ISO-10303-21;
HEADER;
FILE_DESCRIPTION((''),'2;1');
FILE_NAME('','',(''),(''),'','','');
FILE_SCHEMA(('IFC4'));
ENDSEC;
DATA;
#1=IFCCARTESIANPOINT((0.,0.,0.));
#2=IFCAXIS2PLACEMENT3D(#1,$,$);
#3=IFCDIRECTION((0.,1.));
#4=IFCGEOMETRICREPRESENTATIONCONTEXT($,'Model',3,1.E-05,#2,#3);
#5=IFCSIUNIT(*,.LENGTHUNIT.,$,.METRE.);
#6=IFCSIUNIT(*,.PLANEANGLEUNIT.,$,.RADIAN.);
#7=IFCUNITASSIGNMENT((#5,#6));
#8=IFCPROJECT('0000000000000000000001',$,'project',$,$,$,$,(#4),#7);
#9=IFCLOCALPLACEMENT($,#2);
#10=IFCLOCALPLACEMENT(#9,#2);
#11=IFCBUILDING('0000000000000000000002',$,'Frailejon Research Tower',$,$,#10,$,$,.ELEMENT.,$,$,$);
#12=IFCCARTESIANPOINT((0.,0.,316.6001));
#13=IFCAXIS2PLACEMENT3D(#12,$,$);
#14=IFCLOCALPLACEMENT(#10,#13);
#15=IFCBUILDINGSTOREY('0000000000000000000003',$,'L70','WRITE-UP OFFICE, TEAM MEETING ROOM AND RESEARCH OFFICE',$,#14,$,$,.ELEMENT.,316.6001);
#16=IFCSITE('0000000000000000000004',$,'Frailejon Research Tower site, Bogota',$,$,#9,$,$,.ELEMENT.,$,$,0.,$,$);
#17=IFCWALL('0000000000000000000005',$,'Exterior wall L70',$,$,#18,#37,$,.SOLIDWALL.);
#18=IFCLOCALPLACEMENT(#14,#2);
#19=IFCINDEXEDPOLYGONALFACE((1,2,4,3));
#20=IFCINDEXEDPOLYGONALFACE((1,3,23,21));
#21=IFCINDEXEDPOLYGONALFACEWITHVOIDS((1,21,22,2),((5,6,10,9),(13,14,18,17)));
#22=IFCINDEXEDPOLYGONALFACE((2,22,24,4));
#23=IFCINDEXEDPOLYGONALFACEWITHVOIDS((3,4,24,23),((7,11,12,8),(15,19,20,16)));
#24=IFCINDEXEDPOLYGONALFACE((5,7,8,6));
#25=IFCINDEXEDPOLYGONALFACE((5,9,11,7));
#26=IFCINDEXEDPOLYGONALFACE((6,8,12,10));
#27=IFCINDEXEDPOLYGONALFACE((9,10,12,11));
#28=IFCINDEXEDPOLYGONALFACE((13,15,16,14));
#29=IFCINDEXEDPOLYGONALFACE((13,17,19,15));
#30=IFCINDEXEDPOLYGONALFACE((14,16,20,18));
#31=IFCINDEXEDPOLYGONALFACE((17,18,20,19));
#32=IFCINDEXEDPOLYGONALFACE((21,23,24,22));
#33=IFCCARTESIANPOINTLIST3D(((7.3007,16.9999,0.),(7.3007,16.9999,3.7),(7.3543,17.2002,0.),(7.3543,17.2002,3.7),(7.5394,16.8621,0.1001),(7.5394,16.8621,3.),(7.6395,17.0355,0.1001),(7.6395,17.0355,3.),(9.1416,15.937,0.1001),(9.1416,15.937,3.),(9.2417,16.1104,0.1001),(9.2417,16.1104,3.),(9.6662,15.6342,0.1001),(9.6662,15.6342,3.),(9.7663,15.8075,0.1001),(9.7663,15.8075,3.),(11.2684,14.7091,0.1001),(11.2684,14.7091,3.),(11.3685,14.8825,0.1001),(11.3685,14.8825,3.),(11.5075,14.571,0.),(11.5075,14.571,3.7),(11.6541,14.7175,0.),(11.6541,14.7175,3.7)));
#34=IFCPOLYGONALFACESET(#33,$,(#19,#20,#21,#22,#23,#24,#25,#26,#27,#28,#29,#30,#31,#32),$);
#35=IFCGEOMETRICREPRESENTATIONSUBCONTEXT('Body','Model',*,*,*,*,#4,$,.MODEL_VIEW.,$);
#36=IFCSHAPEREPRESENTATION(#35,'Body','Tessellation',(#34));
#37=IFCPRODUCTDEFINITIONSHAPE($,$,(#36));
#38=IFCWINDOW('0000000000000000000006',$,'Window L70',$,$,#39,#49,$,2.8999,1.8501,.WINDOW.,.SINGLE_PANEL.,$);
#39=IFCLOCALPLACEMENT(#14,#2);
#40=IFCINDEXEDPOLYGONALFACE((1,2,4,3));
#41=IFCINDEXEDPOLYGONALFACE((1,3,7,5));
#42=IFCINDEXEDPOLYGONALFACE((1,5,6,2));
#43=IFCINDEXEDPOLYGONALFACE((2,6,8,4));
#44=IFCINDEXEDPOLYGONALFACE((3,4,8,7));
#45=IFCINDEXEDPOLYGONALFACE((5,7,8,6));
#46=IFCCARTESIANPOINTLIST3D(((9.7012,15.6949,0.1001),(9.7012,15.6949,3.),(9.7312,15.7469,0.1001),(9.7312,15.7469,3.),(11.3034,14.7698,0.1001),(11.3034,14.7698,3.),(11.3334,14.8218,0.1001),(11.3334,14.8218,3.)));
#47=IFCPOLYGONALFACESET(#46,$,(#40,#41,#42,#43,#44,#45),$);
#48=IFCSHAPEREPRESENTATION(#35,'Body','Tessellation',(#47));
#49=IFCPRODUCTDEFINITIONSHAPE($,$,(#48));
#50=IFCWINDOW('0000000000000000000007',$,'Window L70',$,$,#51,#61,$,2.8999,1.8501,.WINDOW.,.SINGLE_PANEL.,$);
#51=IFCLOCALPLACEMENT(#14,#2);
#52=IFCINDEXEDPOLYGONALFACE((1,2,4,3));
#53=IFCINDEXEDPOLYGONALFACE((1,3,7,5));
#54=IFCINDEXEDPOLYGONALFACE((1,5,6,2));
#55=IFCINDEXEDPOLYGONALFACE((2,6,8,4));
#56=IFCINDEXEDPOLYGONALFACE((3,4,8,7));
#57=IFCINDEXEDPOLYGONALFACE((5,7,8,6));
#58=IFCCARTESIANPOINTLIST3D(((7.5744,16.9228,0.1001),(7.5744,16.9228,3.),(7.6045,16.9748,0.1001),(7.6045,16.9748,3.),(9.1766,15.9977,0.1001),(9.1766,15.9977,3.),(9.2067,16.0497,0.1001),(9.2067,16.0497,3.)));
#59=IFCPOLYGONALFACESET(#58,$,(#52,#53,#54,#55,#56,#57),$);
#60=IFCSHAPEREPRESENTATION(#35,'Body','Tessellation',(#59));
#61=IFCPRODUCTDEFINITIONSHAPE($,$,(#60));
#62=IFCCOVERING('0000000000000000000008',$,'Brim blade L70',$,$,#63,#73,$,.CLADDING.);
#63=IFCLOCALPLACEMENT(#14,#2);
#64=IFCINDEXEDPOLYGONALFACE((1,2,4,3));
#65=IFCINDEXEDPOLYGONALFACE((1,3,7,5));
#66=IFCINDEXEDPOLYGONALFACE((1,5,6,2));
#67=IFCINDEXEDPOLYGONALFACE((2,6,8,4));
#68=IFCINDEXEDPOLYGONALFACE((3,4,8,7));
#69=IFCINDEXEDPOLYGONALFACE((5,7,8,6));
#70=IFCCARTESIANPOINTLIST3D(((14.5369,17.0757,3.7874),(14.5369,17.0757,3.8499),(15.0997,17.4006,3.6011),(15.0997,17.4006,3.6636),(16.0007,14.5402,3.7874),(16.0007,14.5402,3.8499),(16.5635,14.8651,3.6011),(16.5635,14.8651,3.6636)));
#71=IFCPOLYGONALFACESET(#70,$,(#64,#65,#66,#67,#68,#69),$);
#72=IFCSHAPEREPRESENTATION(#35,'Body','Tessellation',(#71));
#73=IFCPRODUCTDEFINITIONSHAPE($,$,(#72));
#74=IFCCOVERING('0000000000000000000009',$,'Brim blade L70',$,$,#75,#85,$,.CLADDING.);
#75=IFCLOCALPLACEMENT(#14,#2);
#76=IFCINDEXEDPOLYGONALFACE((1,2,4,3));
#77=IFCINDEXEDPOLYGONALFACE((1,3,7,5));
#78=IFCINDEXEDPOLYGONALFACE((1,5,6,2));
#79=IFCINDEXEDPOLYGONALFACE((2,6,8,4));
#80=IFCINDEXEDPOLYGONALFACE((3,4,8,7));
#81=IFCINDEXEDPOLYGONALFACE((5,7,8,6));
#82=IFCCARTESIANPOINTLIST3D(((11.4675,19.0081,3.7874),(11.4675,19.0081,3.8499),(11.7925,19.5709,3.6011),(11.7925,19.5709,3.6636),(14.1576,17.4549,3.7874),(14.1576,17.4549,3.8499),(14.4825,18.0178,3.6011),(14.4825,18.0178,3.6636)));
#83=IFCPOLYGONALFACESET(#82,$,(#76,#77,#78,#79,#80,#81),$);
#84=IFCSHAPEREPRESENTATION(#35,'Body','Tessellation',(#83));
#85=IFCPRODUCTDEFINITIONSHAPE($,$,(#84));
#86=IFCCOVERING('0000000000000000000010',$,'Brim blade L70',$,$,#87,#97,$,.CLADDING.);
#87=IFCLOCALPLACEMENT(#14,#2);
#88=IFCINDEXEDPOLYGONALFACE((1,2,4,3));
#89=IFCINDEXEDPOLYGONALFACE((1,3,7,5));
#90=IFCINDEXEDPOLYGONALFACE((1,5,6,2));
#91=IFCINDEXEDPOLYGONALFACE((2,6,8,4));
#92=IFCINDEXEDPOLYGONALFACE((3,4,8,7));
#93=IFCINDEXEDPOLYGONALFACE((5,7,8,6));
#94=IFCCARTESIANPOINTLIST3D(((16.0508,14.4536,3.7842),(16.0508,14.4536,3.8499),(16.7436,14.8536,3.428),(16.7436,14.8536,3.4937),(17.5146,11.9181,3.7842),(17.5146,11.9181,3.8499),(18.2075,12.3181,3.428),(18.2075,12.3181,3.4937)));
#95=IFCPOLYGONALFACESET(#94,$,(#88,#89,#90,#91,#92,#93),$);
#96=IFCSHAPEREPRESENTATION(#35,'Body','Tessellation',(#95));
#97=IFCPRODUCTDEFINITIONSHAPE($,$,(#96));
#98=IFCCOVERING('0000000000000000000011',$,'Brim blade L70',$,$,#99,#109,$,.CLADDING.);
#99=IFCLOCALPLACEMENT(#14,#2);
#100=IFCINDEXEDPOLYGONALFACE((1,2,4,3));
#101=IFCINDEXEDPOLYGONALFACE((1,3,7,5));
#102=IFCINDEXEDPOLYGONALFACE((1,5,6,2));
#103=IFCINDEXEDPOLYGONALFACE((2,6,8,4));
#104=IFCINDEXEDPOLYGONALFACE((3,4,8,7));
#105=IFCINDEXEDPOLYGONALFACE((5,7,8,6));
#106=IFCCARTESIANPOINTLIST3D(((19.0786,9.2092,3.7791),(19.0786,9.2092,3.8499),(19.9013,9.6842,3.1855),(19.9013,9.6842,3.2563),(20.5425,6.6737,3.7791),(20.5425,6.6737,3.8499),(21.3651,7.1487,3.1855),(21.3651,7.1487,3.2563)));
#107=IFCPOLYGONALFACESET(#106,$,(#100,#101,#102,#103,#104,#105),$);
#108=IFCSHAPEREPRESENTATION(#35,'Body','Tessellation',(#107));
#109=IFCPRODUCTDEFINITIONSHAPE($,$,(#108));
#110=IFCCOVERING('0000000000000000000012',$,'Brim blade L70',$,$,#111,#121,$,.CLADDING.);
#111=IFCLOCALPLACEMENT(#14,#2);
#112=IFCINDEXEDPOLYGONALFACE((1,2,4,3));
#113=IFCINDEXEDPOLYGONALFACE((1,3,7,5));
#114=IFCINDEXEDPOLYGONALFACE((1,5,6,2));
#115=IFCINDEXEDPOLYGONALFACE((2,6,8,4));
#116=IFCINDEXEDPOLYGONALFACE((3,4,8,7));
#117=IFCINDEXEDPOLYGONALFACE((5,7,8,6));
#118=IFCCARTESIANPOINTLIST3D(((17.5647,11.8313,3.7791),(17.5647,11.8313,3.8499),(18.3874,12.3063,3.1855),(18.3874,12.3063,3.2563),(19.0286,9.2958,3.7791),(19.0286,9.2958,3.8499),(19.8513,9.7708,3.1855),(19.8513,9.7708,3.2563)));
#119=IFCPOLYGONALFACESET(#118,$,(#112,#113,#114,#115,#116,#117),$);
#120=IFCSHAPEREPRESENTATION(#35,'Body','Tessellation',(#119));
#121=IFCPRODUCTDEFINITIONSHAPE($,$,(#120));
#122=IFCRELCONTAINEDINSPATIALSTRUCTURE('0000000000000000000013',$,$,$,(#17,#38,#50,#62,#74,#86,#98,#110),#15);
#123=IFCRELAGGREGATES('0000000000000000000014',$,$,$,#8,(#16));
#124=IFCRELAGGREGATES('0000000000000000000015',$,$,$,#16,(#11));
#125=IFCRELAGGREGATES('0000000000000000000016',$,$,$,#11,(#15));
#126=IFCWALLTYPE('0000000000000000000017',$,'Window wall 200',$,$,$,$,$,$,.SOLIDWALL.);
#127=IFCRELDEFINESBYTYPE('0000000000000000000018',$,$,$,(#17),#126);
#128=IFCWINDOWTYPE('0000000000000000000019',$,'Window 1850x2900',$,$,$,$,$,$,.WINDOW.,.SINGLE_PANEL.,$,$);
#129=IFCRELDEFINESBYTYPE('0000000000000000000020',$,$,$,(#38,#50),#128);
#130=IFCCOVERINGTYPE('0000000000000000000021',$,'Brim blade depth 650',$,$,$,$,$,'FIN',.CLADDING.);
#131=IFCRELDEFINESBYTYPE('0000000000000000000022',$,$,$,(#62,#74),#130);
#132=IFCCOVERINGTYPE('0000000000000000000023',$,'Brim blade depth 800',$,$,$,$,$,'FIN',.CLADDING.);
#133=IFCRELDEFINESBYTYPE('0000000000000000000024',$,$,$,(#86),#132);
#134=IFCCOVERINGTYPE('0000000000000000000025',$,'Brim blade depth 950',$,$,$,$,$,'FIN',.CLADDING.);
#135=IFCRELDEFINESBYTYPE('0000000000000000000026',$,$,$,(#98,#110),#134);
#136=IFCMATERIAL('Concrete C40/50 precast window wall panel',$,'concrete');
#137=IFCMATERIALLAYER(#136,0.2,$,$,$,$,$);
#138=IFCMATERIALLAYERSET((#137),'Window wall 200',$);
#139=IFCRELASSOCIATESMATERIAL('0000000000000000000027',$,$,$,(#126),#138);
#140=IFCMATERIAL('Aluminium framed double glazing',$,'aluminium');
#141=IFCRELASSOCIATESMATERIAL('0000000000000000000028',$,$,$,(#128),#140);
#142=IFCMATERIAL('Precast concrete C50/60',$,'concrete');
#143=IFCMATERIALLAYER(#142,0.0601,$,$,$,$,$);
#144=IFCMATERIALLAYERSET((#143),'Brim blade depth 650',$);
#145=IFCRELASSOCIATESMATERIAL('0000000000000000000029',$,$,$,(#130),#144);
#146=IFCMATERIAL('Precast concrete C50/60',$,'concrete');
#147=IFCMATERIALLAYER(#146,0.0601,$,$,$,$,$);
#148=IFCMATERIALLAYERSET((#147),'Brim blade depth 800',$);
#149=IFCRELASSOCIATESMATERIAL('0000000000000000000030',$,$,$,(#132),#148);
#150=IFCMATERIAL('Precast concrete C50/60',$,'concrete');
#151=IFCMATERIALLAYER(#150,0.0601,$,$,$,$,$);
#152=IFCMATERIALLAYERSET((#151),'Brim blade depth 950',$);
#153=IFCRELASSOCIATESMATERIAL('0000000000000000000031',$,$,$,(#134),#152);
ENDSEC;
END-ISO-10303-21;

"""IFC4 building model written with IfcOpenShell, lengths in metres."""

from ifc_helpers import new_model, si_unit, direction, frame, frame_2d, origin, place, context, subcontext, project, spatial, polyline, rectangle, outline, extrude, material, layer, layer_set, type_object, element, fill, save


model = new_model("IFC4")

# Units and contexts
model_context = context("Model", 3, precision=1e-05, world=origin(), true_north=direction((0.0, 1.0)))
body_context = subcontext(model_context, "Body", "Model", "MODEL_VIEW")
ifc_project = project(units=[si_unit("LENGTHUNIT", "METRE"), si_unit("PLANEANGLEUNIT", "RADIAN")], contexts=[model_context])

# Site, building, storey
site_placement = place(None, origin())
site = spatial("IfcSite", under=ifc_project, at=site_placement, Name="Frailejon Research Tower site, Bogota", CompositionType="ELEMENT", RefElevation=0.0)
building_placement = place(site_placement, origin())
building = spatial("IfcBuilding", under=site, at=building_placement, Name="Frailejon Research Tower", CompositionType="ELEMENT")
storey_placement = place(building_placement, frame((0.0, 0.0, 316.6001)))
storey = spatial("IfcBuildingStorey", under=building, at=storey_placement, Name="L70", Description="WRITE-UP OFFICE, TEAM MEETING ROOM AND RESEARCH OFFICE", CompositionType="ELEMENT", Elevation=316.6001)

# Wall, openings, windows
ifc_material_1 = material(Name="Concrete C40/50 precast window wall panel", Category="concrete")
ifc_layer_1 = layer(ifc_material_1, 0.2)
ifc_layer_set_1 = layer_set([ifc_layer_1], Name="Window wall 200")
wall_type = type_object("IfcWallType", Name="Window wall 200", PredefinedType="SOLIDWALL", material=ifc_layer_set_1)
wall_placement = place(storey_placement, frame((11.5808, 14.6443, 0.0), z_axis=(0.0, 0.0, 1.0), x_axis=(-0.866017, 0.500015, 0.0)))
wall = element("IfcWall", 1, at=wall_placement, inside=storey, type_object=wall_type, Name="Exterior wall L70", PredefinedType="SOLIDWALL", context=body_context, shape_type="SweptSolid", body=[
    extrude(outline(polyline([(-0.0269, -0.1001), (1.2144, -0.1001), (2.4556, -0.1001), (3.697, -0.1001), (4.9382, -0.1001), (4.8845, 0.1001), (3.6702, 0.1001), (2.4556, 0.1001), (1.2412, 0.1001), (0.0269, 0.1001), (-0.0269, -0.1001)])), origin(), (0.0, 0.0, 1.0), 3.7),
])
opening_1_placement = place(wall_placement, frame((0.303, 0.0, 0.1001)))
opening_1 = element("IfcOpeningElement", 2, at=opening_1_placement, cuts=wall, PredefinedType="OPENING", context=body_context, shape_type="SweptSolid", body=[
    extrude(rectangle(XDim=1.8501, YDim=2.8999, at=frame_2d((0.925, 1.45))), frame((0.0, 0.1099, 0.0), z_axis=(0.0, -1.0, 0.0), x_axis=(1.0, 0.0, 0.0)), (0.0, 0.0, 1.0), 0.22),
])
opening_2_placement = place(wall_placement, frame((2.7588, 0.0, 0.1001)))
opening_2 = element("IfcOpeningElement", 3, at=opening_2_placement, cuts=wall, PredefinedType="OPENING", context=body_context, shape_type="SweptSolid", body=[
    extrude(rectangle(XDim=1.8501, YDim=2.8999, at=frame_2d((0.925, 1.45))), frame((0.0, 0.1099, 0.0), z_axis=(0.0, -1.0, 0.0), x_axis=(1.0, 0.0, 0.0)), (0.0, 0.0, 1.0), 0.22),
])
ifc_material_2 = material(Name="Aluminium framed double glazing", Category="aluminium")
window_type = type_object("IfcWindowType", Name="Window 1850x2900", PartitioningType="SINGLE_PANEL", PredefinedType="WINDOW", material=ifc_material_2)
window_1_placement = place(opening_1_placement, origin())
window_1 = element("IfcWindow", 4, at=window_1_placement, inside=storey, type_object=window_type, Name="Window L70", OverallHeight=2.8999, OverallWidth=1.8501, PartitioningType="SINGLE_PANEL", PredefinedType="WINDOW", context=body_context, shape_type="SweptSolid", body=[
    extrude(rectangle(XDim=1.8501, YDim=2.8999, at=frame_2d((0.925, 1.45))), frame((0.0, 0.03, 0.0), z_axis=(0.0, -1.0, 0.0), x_axis=(1.0, 0.0, 0.0)), (0.0, 0.0, 1.0), 0.0601),
])
fill(opening_1, window_1)
window_2_placement = place(opening_2_placement, origin())
window_2 = element("IfcWindow", 5, at=window_2_placement, inside=storey, type_object=window_type, Name="Window L70", OverallHeight=2.8999, OverallWidth=1.8501, PartitioningType="SINGLE_PANEL", PredefinedType="WINDOW", context=body_context, shape_type="SweptSolid", body=[
    extrude(rectangle(XDim=1.8501, YDim=2.8999, at=frame_2d((0.925, 1.45))), frame((0.0, 0.03, 0.0), z_axis=(0.0, -1.0, 0.0), x_axis=(1.0, 0.0, 0.0)), (0.0, 0.0, 1.0), 0.0601),
])
fill(opening_2, window_2)

# Coverings
ifc_material_3 = material(Name="Precast concrete C50/60", Category="concrete")
ifc_layer_2 = layer(ifc_material_3, 0.0601)
ifc_layer_set_2 = layer_set([ifc_layer_2], Name="Brim blade depth 650")
covering_type_1 = type_object("IfcCoveringType", Name="Brim blade depth 650", ElementType="FIN", PredefinedType="CLADDING", material=ifc_layer_set_2)
covering_1_placement = place(storey_placement, frame((14.5369, 17.0757, 3.8499), z_axis=(0.499983, -0.866035, 0.0), x_axis=(0.866035, 0.499983, 0.0)))
element("IfcCovering", 6, at=covering_1_placement, inside=storey, type_object=covering_type_1, Name="Brim blade L70", PredefinedType="CLADDING", context=body_context, shape_type="SweptSolid", body=[
    extrude(outline(polyline([(0.0, -0.0625), (0.6499, -0.2488), (0.6499, -0.1863), (0.0, 0.0), (0.0, -0.0625)])), origin(), (0.0, 0.0, 1.0), 2.9277),
])
covering_2_placement = place(storey_placement, frame((11.4675, 19.0081, 3.8499), z_axis=(0.866021, -0.500007, 0.0), x_axis=(0.500007, 0.866021, 0.0)))
element("IfcCovering", 7, at=covering_2_placement, inside=storey, type_object=covering_type_1, Name="Brim blade L70", PredefinedType="CLADDING", context=body_context, shape_type="SweptSolid", body=[
    extrude(outline(polyline([(0.0, -0.0625), (0.6499, -0.2488), (0.6499, -0.1863), (0.0, 0.0), (0.0, -0.0625)])), origin(), (0.0, 0.0, 1.0), 3.1062),
])
ifc_material_4 = material(Name="Precast concrete C50/60", Category="concrete")
ifc_layer_3 = layer(ifc_material_4, 0.0601)
ifc_layer_set_3 = layer_set([ifc_layer_3], Name="Brim blade depth 800")
covering_type_2 = type_object("IfcCoveringType", Name="Brim blade depth 800", ElementType="FIN", PredefinedType="CLADDING", material=ifc_layer_set_3)
covering_3_placement = place(storey_placement, frame((16.0508, 14.4536, 3.8499), z_axis=(0.499993, -0.866029, 0.0), x_axis=(0.866029, 0.499993, 0.0)))
element("IfcCovering", 8, at=covering_3_placement, inside=storey, type_object=covering_type_2, Name="Brim blade L70", PredefinedType="CLADDING", context=body_context, shape_type="SweptSolid", body=[
    extrude(outline(polyline([(0.0, -0.0657), (0.8, -0.4219), (0.8, -0.3562), (0.0, 0.0), (0.0, -0.0657)])), origin(), (0.0, 0.0, 1.0), 2.9277),
])
ifc_material_5 = material(Name="Precast concrete C50/60", Category="concrete")
ifc_layer_4 = layer(ifc_material_5, 0.0601)
ifc_layer_set_4 = layer_set([ifc_layer_4], Name="Brim blade depth 950")
covering_type_3 = type_object("IfcCoveringType", Name="Brim blade depth 950", ElementType="FIN", PredefinedType="CLADDING", material=ifc_layer_set_4)
for number, where, z_axis, x_axis, name in (
    (9, (19.0786, 9.2092, 3.8499), (0.499993, -0.866029, 0.0), (0.866029, 0.499993, 0.0), "Brim blade L70"),
    (10, (17.5647, 11.8313, 3.8499), (0.500007, -0.866021, 0.0), (0.866021, 0.500007, 0.0), "Brim blade L70"),
):
    element("IfcCovering", number, at=place(storey_placement, frame(where, z_axis=z_axis, x_axis=x_axis)), inside=storey, type_object=covering_type_3, Name=name, PredefinedType="CLADDING", context=body_context, shape_type="SweptSolid", body=[
        extrude(outline(polyline([(0.0, -0.0708), (0.95, -0.6643), (0.95, -0.5935), (0.0, 0.0), (0.0, -0.0708)])), origin(), (0.0, 0.0, 1.0), 2.9277),
    ])

save(model, "model.ifc")
